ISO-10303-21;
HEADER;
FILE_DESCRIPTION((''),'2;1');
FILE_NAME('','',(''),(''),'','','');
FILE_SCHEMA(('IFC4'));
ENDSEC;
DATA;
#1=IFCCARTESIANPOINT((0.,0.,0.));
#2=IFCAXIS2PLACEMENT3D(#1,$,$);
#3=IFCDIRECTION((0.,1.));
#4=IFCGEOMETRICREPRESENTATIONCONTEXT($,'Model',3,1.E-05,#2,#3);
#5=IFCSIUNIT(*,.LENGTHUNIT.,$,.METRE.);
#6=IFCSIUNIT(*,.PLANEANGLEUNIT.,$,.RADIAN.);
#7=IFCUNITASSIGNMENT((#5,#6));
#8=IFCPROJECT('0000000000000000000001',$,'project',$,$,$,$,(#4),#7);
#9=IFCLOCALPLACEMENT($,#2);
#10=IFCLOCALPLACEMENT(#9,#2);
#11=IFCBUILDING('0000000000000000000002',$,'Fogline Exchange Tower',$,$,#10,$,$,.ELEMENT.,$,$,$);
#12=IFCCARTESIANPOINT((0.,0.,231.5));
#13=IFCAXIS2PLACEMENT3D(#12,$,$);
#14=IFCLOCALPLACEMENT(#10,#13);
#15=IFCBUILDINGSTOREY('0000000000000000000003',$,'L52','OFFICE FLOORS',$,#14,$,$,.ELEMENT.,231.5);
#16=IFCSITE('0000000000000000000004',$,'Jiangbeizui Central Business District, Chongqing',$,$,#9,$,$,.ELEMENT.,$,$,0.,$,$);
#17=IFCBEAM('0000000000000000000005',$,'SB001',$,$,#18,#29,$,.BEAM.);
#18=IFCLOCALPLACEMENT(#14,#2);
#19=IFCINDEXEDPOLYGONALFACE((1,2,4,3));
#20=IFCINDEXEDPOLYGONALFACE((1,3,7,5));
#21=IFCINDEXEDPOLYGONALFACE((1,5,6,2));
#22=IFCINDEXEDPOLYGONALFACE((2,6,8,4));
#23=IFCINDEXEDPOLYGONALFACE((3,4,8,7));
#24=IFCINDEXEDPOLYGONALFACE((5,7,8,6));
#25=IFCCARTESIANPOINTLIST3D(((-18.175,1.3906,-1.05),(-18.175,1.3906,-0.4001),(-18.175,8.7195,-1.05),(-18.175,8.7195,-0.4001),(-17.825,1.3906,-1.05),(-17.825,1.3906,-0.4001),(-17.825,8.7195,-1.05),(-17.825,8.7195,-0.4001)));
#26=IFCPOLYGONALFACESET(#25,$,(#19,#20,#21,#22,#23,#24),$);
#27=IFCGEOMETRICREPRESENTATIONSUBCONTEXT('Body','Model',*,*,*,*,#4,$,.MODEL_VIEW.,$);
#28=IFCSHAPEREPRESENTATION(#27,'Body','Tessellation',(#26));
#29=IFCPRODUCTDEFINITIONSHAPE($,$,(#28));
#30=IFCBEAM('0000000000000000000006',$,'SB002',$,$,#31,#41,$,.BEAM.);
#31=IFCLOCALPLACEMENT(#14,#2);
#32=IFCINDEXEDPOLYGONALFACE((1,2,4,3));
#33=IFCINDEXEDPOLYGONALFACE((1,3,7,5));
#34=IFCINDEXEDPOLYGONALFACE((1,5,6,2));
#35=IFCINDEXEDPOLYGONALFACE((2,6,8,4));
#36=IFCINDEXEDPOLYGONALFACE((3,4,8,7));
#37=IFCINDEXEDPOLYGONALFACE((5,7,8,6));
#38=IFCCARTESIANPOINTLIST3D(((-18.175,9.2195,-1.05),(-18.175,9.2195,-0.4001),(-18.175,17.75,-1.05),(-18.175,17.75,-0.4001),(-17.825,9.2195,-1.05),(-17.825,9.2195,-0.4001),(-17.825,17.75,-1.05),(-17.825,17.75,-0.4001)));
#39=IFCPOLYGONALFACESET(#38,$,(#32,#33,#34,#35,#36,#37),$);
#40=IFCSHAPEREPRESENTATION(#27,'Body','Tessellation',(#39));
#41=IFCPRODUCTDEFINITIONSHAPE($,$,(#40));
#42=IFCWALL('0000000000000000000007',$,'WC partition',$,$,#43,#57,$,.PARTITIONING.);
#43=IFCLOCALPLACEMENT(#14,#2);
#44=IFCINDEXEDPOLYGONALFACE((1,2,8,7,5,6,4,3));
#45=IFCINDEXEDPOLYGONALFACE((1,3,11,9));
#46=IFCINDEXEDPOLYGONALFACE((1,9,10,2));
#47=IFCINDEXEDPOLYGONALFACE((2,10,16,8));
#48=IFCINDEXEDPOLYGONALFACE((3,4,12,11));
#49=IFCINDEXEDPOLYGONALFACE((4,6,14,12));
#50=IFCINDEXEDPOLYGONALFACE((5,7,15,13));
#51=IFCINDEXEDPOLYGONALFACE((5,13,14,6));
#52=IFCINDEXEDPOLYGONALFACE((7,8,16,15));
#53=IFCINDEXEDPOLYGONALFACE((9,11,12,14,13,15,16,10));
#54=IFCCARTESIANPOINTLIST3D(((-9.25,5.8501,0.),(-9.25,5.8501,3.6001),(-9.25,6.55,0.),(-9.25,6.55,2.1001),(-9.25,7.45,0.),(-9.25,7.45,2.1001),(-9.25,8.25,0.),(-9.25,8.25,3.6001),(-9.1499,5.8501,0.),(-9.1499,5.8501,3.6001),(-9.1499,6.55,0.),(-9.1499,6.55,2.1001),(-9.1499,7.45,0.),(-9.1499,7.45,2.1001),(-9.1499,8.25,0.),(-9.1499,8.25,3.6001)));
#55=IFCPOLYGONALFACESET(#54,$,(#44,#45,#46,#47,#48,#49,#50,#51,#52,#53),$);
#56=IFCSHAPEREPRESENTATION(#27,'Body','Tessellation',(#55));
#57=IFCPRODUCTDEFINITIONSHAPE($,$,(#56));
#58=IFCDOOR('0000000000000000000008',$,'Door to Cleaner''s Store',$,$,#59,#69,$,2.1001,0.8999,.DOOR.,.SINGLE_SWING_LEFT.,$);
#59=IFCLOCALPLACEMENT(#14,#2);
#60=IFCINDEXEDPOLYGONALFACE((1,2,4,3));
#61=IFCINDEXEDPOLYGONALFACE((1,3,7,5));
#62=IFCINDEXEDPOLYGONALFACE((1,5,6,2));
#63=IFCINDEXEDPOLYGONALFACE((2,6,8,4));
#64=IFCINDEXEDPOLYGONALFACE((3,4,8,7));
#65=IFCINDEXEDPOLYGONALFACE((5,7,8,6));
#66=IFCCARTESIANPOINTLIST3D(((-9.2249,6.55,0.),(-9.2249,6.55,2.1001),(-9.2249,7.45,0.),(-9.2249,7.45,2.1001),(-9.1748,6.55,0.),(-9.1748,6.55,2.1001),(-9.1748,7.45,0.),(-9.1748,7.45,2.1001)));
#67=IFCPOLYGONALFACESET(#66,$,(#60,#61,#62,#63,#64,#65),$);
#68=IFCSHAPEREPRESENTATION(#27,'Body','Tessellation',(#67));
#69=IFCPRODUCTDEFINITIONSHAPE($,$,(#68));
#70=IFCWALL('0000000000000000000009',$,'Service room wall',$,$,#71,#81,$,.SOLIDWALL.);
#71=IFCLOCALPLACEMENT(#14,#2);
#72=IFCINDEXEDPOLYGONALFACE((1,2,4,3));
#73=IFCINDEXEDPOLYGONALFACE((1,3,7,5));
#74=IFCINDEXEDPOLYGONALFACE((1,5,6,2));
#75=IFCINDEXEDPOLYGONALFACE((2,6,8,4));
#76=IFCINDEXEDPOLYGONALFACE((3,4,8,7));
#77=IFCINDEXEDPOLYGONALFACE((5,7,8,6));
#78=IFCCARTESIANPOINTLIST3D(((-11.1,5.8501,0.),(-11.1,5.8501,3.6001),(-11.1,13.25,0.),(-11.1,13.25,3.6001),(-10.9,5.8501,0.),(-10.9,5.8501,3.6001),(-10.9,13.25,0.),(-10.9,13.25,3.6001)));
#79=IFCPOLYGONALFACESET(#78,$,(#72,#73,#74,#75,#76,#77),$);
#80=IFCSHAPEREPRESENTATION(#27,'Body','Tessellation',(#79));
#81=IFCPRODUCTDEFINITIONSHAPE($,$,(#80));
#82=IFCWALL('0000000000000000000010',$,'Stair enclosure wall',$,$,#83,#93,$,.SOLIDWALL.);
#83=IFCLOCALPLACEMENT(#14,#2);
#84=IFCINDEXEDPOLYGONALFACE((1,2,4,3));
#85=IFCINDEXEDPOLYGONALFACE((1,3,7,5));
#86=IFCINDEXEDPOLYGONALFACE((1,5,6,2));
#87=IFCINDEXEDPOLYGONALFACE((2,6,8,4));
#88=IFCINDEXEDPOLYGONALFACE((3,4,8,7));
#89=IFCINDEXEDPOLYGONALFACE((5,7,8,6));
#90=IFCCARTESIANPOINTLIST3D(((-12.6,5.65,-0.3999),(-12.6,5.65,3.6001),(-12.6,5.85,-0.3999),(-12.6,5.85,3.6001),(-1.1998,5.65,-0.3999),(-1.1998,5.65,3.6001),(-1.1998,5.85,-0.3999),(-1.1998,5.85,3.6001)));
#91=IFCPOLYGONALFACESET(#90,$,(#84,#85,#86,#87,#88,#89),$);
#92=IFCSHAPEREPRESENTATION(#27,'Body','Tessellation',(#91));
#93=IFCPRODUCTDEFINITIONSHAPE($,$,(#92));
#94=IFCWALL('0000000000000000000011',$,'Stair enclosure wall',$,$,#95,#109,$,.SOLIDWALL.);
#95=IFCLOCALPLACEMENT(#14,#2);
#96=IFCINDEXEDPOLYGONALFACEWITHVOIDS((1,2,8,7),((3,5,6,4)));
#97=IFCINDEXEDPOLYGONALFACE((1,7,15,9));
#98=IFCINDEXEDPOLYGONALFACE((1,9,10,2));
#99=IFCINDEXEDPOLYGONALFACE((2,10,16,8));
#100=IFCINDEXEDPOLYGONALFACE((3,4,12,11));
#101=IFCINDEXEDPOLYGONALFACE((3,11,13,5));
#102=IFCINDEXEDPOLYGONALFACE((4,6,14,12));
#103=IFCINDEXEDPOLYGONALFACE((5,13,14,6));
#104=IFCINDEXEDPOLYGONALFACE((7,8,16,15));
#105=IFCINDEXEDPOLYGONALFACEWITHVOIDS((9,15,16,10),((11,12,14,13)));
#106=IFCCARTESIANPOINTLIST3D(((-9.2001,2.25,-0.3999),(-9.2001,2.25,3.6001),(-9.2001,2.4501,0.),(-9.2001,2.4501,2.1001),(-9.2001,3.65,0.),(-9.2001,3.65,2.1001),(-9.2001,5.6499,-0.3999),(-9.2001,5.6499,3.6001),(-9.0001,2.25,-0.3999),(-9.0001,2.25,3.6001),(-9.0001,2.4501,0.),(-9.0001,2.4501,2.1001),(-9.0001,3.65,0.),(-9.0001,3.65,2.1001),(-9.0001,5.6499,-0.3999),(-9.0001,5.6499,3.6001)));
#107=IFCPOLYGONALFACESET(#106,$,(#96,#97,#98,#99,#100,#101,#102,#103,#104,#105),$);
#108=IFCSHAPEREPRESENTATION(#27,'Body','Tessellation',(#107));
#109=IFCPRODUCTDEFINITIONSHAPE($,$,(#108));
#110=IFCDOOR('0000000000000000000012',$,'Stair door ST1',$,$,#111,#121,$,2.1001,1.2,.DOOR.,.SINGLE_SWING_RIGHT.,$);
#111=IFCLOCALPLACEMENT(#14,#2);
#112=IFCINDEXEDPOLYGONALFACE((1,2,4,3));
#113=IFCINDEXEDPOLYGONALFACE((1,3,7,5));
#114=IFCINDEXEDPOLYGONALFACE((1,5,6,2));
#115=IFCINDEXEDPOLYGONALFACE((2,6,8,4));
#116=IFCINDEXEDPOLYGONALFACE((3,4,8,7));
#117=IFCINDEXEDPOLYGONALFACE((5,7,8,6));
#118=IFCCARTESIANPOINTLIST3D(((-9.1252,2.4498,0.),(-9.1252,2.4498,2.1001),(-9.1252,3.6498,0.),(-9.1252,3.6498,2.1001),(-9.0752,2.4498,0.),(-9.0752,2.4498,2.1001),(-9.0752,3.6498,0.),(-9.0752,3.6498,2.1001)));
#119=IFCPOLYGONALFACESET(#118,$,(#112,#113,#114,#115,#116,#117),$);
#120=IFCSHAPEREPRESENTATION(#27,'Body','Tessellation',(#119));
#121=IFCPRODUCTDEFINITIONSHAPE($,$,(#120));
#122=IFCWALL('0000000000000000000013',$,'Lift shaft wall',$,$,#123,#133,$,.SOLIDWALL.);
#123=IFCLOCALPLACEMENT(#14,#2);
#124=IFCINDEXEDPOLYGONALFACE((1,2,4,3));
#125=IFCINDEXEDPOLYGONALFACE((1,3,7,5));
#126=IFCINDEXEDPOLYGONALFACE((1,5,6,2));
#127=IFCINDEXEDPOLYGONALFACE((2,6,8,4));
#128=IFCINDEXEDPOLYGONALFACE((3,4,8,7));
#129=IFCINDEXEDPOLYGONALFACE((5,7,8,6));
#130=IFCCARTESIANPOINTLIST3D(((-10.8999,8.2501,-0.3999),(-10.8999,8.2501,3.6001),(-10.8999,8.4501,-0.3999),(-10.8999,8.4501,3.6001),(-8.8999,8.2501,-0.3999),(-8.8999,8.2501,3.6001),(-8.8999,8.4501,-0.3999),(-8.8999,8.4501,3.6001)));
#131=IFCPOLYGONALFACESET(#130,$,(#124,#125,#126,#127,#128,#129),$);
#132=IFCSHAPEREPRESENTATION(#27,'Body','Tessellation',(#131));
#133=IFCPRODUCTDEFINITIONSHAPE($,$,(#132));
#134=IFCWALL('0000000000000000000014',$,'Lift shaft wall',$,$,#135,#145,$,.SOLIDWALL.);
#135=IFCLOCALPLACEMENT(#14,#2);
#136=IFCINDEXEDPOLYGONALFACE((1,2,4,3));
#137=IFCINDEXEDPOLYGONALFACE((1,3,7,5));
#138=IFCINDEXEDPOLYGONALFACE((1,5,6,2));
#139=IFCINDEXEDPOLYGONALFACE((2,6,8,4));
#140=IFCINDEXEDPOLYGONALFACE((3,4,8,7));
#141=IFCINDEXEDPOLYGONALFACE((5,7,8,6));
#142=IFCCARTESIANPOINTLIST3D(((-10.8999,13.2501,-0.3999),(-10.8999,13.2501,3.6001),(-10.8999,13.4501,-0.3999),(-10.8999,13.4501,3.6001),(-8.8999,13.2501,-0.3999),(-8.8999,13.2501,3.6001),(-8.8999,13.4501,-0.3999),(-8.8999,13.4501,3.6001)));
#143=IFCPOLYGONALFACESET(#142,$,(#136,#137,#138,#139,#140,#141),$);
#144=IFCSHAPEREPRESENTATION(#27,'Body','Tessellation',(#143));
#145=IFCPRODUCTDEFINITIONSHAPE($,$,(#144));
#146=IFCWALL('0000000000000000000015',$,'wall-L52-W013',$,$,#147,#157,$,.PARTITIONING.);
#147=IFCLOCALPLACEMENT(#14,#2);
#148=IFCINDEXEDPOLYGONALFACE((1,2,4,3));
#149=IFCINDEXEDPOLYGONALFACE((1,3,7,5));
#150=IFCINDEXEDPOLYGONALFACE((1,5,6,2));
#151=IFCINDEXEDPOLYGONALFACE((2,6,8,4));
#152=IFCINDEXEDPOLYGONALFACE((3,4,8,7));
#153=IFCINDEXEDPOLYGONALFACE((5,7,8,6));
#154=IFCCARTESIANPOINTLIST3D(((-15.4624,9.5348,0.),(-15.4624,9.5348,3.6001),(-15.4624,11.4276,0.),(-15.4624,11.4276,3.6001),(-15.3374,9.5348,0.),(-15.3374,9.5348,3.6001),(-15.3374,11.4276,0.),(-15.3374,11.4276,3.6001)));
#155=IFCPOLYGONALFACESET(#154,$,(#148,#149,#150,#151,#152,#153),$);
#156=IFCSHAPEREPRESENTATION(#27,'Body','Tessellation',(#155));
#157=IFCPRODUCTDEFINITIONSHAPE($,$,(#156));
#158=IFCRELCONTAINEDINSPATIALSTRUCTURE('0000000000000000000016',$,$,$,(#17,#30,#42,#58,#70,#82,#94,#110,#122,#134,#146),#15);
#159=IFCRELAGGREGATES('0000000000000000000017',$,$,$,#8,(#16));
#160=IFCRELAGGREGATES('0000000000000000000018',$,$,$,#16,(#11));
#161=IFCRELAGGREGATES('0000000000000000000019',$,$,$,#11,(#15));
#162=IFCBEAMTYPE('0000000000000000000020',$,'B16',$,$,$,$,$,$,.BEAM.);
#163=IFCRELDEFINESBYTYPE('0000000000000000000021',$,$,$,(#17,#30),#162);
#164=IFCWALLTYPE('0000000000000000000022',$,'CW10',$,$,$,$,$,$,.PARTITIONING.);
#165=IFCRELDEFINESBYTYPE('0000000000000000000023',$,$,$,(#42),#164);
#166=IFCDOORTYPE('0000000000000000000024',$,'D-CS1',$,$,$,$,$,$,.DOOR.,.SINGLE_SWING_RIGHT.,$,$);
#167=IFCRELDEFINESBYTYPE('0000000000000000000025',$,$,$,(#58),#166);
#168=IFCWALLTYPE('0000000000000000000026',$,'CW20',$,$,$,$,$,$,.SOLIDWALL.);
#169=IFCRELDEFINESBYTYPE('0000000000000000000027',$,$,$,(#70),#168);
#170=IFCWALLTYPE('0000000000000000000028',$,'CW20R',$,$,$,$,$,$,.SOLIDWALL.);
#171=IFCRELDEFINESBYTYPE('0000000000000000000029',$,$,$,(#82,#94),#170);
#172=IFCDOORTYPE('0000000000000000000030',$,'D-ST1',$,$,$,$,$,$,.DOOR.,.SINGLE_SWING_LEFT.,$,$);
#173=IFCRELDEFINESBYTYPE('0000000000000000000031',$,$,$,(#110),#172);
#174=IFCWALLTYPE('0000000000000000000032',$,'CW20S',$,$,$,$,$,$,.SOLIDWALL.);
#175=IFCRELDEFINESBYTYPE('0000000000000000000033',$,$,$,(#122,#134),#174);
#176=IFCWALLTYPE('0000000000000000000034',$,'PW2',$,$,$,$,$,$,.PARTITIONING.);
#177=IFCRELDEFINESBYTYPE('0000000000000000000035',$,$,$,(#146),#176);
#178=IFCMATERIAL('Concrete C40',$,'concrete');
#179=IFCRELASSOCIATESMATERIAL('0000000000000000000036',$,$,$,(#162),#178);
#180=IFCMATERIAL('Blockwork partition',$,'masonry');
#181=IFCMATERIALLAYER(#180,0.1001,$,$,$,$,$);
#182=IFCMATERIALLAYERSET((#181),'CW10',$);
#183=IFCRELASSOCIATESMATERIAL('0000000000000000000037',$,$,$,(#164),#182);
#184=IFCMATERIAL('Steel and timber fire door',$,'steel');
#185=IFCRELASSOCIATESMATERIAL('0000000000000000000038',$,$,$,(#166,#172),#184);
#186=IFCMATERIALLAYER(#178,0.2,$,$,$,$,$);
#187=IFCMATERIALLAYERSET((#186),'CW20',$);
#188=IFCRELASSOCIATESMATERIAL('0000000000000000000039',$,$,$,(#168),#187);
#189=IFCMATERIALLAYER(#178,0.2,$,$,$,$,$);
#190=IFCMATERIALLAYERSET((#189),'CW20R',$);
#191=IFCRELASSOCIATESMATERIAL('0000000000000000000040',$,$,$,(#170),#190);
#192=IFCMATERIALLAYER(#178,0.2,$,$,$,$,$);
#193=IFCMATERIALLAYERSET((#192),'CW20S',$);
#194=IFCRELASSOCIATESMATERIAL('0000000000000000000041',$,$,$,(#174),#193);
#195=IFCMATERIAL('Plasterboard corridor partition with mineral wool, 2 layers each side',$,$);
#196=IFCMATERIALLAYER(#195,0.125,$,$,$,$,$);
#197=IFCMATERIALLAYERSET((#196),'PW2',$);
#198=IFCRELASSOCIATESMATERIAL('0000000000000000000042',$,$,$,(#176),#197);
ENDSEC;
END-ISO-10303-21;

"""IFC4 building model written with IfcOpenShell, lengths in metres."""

from ifc_helpers import new_model, si_unit, direction, frame, frame_2d, origin, origin_2d, place, context, subcontext, project, spatial, rectangle, extrude, material, layer, layer_set, material_profile, profile_set, type_object, element, fill, save


model = new_model("IFC4")

# Units and contexts
model_context = context("Model", 3, precision=1e-05, world=origin(), true_north=direction((0.0, 1.0)))
body_context = subcontext(model_context, "Body", "Model", "MODEL_VIEW")
ifc_project = project(units=[si_unit("LENGTHUNIT", "METRE"), si_unit("PLANEANGLEUNIT", "RADIAN")], contexts=[model_context])

# Site, building, storey
site_placement = place(None, origin())
site = spatial("IfcSite", under=ifc_project, at=site_placement, Name="Jiangbeizui Central Business District, Chongqing", CompositionType="ELEMENT", RefElevation=0.0)
building_placement = place(site_placement, origin())
building = spatial("IfcBuilding", under=site, at=building_placement, Name="Fogline Exchange Tower", CompositionType="ELEMENT")
storey_placement = place(building_placement, frame((0.0, 0.0, 231.5)))
storey = spatial("IfcBuildingStorey", under=building, at=storey_placement, Name="L52", Description="OFFICE FLOORS", CompositionType="ELEMENT", Elevation=231.5)

# Beams
ifc_material_1 = material(Name="Concrete C40", Category="concrete")
ifc_material_profile = material_profile(ifc_material_1, rectangle(XDim=0.3501, YDim=0.6499, at=origin_2d()), Name="RC 350x650")
ifc_profile_set = profile_set([ifc_material_profile], Name="Concrete C40")
beam_type = type_object("IfcBeamType", Name="B16", PredefinedType="BEAM", material=ifc_profile_set)
beam_1_placement = place(storey_placement, frame((-18.0, 1.3906, -0.7251), z_axis=(0.0, 1.0, 0.0), x_axis=(-1.0, 0.0, 0.0)))
element("IfcBeam", 1, at=beam_1_placement, inside=storey, type_object=beam_type, Name="SB001", PredefinedType="BEAM", context=body_context, shape_type="SweptSolid", body=[
    extrude(rectangle(XDim=0.3501, YDim=0.6499, at=origin_2d()), origin(), (0.0, 0.0, 1.0), 7.3289),
])
beam_2_placement = place(storey_placement, frame((-18.0, 9.2195, -0.7251), z_axis=(0.0, 1.0, 0.0), x_axis=(-1.0, 0.0, 0.0)))
element("IfcBeam", 2, at=beam_2_placement, inside=storey, type_object=beam_type, Name="SB002", PredefinedType="BEAM", context=body_context, shape_type="SweptSolid", body=[
    extrude(rectangle(XDim=0.3501, YDim=0.6499, at=origin_2d()), origin(), (0.0, 0.0, 1.0), 8.5305),
])

# Wall, opening, door
ifc_material_2 = material(Name="Blockwork partition", Category="masonry")
ifc_layer_1 = layer(ifc_material_2, 0.1001)
ifc_layer_set_1 = layer_set([ifc_layer_1], Name="CW10")
wall_type_1 = type_object("IfcWallType", Name="CW10", PredefinedType="PARTITIONING", material=ifc_layer_set_1)
wall_1_placement = place(storey_placement, frame((-9.2, 5.8501, 0.0), z_axis=(0.0, 0.0, 1.0), x_axis=(0.0, 1.0, 0.0)))
wall_1 = element("IfcWall", 3, at=wall_1_placement, inside=storey, type_object=wall_type_1, Name="WC partition", PredefinedType="PARTITIONING", context=body_context, shape_type="SweptSolid", body=[
    extrude(rectangle(XDim=2.3999, YDim=0.1001, at=frame_2d((1.2, 0.0))), origin(), (0.0, 0.0, 1.0), 3.6001),
])
opening_1_placement = place(wall_1_placement, frame((0.7, 0.0, 0.0)))
opening_1 = element("IfcOpeningElement", 4, at=opening_1_placement, cuts=wall_1, PredefinedType="OPENING", context=body_context, shape_type="SweptSolid", body=[
    extrude(rectangle(XDim=0.8999, YDim=2.1001, at=frame_2d((0.45, 1.05))), frame((0.0, 0.0601, 0.0), z_axis=(0.0, -1.0, 0.0), x_axis=(1.0, 0.0, 0.0)), (0.0, 0.0, 1.0), 0.1201),
])
ifc_material_3 = material(Name="Steel and timber fire door", Category="steel")
door_type_1 = type_object("IfcDoorType", Name="D-CS1", OperationType="SINGLE_SWING_RIGHT", PredefinedType="DOOR", material=ifc_material_3)
door_1_placement = place(opening_1_placement, origin())
door_1 = element("IfcDoor", 5, at=door_1_placement, inside=storey, type_object=door_type_1, Name="Door to Cleaner's Store", OperationType="SINGLE_SWING_LEFT", OverallHeight=2.1001, OverallWidth=0.8999, PredefinedType="DOOR", context=body_context, shape_type="SweptSolid", body=[
    extrude(rectangle(XDim=0.8999, YDim=2.1001, at=frame_2d((0.45, 1.05))), frame((0.0, 0.0249, 0.0), z_axis=(0.0, -1.0, 0.0), x_axis=(1.0, 0.0, 0.0)), (0.0, 0.0, 1.0), 0.05),
])
fill(opening_1, door_1)

# Walls
ifc_layer_2 = layer(ifc_material_1, 0.2)
ifc_layer_set_2 = layer_set([ifc_layer_2], Name="CW20")
wall_type_2 = type_object("IfcWallType", Name="CW20", PredefinedType="SOLIDWALL", material=ifc_layer_set_2)
wall_2_placement = place(storey_placement, frame((-11.0, 5.8501, 0.0), z_axis=(0.0, 0.0, 1.0), x_axis=(0.0, 1.0, 0.0)))
element("IfcWall", 6, at=wall_2_placement, inside=storey, type_object=wall_type_2, Name="Service room wall", PredefinedType="SOLIDWALL", context=body_context, shape_type="SweptSolid", body=[
    extrude(rectangle(XDim=7.3999, YDim=0.2, at=frame_2d((3.7, 0.0))), origin(), (0.0, 0.0, 1.0), 3.6001),
])
ifc_layer_3 = layer(ifc_material_1, 0.2)
ifc_layer_set_3 = layer_set([ifc_layer_3], Name="CW20R")
wall_type_3 = type_object("IfcWallType", Name="CW20R", PredefinedType="SOLIDWALL", material=ifc_layer_set_3)
wall_3_placement = place(storey_placement, frame((-12.6001, 5.75, -0.3999), z_axis=(0.0, 0.0, 1.0), x_axis=(1.0, 0.0, 0.0)))
element("IfcWall", 7, at=wall_3_placement, inside=storey, type_object=wall_type_3, Name="Stair enclosure wall", PredefinedType="SOLIDWALL", context=body_context, shape_type="SweptSolid", body=[
    extrude(rectangle(XDim=11.4001, YDim=0.2, at=frame_2d((5.7002, 0.0))), origin(), (0.0, 0.0, 1.0), 4.0),
])

# Wall, opening, door
wall_4_placement = place(storey_placement, frame((-9.1001, 2.25, -0.3999), z_axis=(0.0, 0.0, 1.0), x_axis=(0.0, 1.0, 0.0)))
wall_4 = element("IfcWall", 8, at=wall_4_placement, inside=storey, type_object=wall_type_3, Name="Stair enclosure wall", PredefinedType="SOLIDWALL", context=body_context, shape_type="SweptSolid", body=[
    extrude(rectangle(XDim=3.3999, YDim=0.2, at=frame_2d((1.7, 0.0))), origin(), (0.0, 0.0, 1.0), 4.0),
])
opening_2_placement = place(wall_4_placement, frame((0.2, 0.0, 0.3999)))
opening_2 = element("IfcOpeningElement", 9, at=opening_2_placement, cuts=wall_4, PredefinedType="OPENING", context=body_context, shape_type="SweptSolid", body=[
    extrude(rectangle(XDim=1.2, YDim=2.1001, at=frame_2d((0.6001, 1.05))), frame((0.0, 0.1099, 0.0), z_axis=(0.0, -1.0, 0.0), x_axis=(1.0, 0.0, 0.0)), (0.0, 0.0, 1.0), 0.22),
])
door_type_2 = type_object("IfcDoorType", Name="D-ST1", OperationType="SINGLE_SWING_LEFT", PredefinedType="DOOR", material=ifc_material_3)
door_2_placement = place(opening_2_placement, frame((1.2, 0.0, 0.0), z_axis=(0.0, 0.0, 1.0), x_axis=(-1.0, 0.0, 0.0)))
door_2 = element("IfcDoor", 10, at=door_2_placement, inside=storey, type_object=door_type_2, Name="Stair door ST1", OperationType="SINGLE_SWING_RIGHT", OverallHeight=2.1001, OverallWidth=1.2, PredefinedType="DOOR", context=body_context, shape_type="SweptSolid", body=[
    extrude(rectangle(XDim=1.2, YDim=2.1001, at=frame_2d((0.6001, 1.05))), frame((0.0, 0.0249, 0.0), z_axis=(0.0, -1.0, 0.0), x_axis=(1.0, 0.0, 0.0)), (0.0, 0.0, 1.0), 0.05),
])
fill(opening_2, door_2)

# Walls
ifc_layer_4 = layer(ifc_material_1, 0.2)
ifc_layer_set_4 = layer_set([ifc_layer_4], Name="CW20S")
wall_type_4 = type_object("IfcWallType", Name="CW20S", PredefinedType="SOLIDWALL", material=ifc_layer_set_4)
for number, where, z_axis, x_axis, name in (
    (11, (-10.8999, 8.3501, -0.3999), (0.0, 0.0, 1.0), (1.0, 0.0, 0.0), "Lift shaft wall"),
    (12, (-10.8999, 13.3501, -0.3999), (0.0, 0.0, 1.0), (1.0, 0.0, 0.0), "Lift shaft wall"),
):
    element("IfcWall", number, at=place(storey_placement, frame(where, z_axis=z_axis, x_axis=x_axis)), inside=storey, type_object=wall_type_4, Name=name, PredefinedType="SOLIDWALL", context=body_context, shape_type="SweptSolid", body=[
        extrude(rectangle(XDim=2.0, YDim=0.2, at=frame_2d((1.0, 0.0))), origin(), (0.0, 0.0, 1.0), 4.0),
    ])
ifc_material_4 = material(Name="Plasterboard corridor partition with mineral wool, 2 layers each side")
ifc_layer_5 = layer(ifc_material_4, 0.125)
ifc_layer_set_5 = layer_set([ifc_layer_5], Name="PW2")
wall_type_5 = type_object("IfcWallType", Name="PW2", PredefinedType="PARTITIONING", material=ifc_layer_set_5)
wall_5_placement = place(storey_placement, frame((-15.3999, 9.5349, 0.0), z_axis=(0.0, 0.0, 1.0), x_axis=(0.0, 1.0, 0.0)))
element("IfcWall", 13, at=wall_5_placement, inside=storey, type_object=wall_type_5, Name="wall-L52-W013", PredefinedType="PARTITIONING", context=body_context, shape_type="SweptSolid", body=[
    extrude(rectangle(XDim=1.8928, YDim=0.125, at=frame_2d((0.9463, 0.0))), origin(), (0.0, 0.0, 1.0), 3.6001),
])

save(model, "model.ifc")
